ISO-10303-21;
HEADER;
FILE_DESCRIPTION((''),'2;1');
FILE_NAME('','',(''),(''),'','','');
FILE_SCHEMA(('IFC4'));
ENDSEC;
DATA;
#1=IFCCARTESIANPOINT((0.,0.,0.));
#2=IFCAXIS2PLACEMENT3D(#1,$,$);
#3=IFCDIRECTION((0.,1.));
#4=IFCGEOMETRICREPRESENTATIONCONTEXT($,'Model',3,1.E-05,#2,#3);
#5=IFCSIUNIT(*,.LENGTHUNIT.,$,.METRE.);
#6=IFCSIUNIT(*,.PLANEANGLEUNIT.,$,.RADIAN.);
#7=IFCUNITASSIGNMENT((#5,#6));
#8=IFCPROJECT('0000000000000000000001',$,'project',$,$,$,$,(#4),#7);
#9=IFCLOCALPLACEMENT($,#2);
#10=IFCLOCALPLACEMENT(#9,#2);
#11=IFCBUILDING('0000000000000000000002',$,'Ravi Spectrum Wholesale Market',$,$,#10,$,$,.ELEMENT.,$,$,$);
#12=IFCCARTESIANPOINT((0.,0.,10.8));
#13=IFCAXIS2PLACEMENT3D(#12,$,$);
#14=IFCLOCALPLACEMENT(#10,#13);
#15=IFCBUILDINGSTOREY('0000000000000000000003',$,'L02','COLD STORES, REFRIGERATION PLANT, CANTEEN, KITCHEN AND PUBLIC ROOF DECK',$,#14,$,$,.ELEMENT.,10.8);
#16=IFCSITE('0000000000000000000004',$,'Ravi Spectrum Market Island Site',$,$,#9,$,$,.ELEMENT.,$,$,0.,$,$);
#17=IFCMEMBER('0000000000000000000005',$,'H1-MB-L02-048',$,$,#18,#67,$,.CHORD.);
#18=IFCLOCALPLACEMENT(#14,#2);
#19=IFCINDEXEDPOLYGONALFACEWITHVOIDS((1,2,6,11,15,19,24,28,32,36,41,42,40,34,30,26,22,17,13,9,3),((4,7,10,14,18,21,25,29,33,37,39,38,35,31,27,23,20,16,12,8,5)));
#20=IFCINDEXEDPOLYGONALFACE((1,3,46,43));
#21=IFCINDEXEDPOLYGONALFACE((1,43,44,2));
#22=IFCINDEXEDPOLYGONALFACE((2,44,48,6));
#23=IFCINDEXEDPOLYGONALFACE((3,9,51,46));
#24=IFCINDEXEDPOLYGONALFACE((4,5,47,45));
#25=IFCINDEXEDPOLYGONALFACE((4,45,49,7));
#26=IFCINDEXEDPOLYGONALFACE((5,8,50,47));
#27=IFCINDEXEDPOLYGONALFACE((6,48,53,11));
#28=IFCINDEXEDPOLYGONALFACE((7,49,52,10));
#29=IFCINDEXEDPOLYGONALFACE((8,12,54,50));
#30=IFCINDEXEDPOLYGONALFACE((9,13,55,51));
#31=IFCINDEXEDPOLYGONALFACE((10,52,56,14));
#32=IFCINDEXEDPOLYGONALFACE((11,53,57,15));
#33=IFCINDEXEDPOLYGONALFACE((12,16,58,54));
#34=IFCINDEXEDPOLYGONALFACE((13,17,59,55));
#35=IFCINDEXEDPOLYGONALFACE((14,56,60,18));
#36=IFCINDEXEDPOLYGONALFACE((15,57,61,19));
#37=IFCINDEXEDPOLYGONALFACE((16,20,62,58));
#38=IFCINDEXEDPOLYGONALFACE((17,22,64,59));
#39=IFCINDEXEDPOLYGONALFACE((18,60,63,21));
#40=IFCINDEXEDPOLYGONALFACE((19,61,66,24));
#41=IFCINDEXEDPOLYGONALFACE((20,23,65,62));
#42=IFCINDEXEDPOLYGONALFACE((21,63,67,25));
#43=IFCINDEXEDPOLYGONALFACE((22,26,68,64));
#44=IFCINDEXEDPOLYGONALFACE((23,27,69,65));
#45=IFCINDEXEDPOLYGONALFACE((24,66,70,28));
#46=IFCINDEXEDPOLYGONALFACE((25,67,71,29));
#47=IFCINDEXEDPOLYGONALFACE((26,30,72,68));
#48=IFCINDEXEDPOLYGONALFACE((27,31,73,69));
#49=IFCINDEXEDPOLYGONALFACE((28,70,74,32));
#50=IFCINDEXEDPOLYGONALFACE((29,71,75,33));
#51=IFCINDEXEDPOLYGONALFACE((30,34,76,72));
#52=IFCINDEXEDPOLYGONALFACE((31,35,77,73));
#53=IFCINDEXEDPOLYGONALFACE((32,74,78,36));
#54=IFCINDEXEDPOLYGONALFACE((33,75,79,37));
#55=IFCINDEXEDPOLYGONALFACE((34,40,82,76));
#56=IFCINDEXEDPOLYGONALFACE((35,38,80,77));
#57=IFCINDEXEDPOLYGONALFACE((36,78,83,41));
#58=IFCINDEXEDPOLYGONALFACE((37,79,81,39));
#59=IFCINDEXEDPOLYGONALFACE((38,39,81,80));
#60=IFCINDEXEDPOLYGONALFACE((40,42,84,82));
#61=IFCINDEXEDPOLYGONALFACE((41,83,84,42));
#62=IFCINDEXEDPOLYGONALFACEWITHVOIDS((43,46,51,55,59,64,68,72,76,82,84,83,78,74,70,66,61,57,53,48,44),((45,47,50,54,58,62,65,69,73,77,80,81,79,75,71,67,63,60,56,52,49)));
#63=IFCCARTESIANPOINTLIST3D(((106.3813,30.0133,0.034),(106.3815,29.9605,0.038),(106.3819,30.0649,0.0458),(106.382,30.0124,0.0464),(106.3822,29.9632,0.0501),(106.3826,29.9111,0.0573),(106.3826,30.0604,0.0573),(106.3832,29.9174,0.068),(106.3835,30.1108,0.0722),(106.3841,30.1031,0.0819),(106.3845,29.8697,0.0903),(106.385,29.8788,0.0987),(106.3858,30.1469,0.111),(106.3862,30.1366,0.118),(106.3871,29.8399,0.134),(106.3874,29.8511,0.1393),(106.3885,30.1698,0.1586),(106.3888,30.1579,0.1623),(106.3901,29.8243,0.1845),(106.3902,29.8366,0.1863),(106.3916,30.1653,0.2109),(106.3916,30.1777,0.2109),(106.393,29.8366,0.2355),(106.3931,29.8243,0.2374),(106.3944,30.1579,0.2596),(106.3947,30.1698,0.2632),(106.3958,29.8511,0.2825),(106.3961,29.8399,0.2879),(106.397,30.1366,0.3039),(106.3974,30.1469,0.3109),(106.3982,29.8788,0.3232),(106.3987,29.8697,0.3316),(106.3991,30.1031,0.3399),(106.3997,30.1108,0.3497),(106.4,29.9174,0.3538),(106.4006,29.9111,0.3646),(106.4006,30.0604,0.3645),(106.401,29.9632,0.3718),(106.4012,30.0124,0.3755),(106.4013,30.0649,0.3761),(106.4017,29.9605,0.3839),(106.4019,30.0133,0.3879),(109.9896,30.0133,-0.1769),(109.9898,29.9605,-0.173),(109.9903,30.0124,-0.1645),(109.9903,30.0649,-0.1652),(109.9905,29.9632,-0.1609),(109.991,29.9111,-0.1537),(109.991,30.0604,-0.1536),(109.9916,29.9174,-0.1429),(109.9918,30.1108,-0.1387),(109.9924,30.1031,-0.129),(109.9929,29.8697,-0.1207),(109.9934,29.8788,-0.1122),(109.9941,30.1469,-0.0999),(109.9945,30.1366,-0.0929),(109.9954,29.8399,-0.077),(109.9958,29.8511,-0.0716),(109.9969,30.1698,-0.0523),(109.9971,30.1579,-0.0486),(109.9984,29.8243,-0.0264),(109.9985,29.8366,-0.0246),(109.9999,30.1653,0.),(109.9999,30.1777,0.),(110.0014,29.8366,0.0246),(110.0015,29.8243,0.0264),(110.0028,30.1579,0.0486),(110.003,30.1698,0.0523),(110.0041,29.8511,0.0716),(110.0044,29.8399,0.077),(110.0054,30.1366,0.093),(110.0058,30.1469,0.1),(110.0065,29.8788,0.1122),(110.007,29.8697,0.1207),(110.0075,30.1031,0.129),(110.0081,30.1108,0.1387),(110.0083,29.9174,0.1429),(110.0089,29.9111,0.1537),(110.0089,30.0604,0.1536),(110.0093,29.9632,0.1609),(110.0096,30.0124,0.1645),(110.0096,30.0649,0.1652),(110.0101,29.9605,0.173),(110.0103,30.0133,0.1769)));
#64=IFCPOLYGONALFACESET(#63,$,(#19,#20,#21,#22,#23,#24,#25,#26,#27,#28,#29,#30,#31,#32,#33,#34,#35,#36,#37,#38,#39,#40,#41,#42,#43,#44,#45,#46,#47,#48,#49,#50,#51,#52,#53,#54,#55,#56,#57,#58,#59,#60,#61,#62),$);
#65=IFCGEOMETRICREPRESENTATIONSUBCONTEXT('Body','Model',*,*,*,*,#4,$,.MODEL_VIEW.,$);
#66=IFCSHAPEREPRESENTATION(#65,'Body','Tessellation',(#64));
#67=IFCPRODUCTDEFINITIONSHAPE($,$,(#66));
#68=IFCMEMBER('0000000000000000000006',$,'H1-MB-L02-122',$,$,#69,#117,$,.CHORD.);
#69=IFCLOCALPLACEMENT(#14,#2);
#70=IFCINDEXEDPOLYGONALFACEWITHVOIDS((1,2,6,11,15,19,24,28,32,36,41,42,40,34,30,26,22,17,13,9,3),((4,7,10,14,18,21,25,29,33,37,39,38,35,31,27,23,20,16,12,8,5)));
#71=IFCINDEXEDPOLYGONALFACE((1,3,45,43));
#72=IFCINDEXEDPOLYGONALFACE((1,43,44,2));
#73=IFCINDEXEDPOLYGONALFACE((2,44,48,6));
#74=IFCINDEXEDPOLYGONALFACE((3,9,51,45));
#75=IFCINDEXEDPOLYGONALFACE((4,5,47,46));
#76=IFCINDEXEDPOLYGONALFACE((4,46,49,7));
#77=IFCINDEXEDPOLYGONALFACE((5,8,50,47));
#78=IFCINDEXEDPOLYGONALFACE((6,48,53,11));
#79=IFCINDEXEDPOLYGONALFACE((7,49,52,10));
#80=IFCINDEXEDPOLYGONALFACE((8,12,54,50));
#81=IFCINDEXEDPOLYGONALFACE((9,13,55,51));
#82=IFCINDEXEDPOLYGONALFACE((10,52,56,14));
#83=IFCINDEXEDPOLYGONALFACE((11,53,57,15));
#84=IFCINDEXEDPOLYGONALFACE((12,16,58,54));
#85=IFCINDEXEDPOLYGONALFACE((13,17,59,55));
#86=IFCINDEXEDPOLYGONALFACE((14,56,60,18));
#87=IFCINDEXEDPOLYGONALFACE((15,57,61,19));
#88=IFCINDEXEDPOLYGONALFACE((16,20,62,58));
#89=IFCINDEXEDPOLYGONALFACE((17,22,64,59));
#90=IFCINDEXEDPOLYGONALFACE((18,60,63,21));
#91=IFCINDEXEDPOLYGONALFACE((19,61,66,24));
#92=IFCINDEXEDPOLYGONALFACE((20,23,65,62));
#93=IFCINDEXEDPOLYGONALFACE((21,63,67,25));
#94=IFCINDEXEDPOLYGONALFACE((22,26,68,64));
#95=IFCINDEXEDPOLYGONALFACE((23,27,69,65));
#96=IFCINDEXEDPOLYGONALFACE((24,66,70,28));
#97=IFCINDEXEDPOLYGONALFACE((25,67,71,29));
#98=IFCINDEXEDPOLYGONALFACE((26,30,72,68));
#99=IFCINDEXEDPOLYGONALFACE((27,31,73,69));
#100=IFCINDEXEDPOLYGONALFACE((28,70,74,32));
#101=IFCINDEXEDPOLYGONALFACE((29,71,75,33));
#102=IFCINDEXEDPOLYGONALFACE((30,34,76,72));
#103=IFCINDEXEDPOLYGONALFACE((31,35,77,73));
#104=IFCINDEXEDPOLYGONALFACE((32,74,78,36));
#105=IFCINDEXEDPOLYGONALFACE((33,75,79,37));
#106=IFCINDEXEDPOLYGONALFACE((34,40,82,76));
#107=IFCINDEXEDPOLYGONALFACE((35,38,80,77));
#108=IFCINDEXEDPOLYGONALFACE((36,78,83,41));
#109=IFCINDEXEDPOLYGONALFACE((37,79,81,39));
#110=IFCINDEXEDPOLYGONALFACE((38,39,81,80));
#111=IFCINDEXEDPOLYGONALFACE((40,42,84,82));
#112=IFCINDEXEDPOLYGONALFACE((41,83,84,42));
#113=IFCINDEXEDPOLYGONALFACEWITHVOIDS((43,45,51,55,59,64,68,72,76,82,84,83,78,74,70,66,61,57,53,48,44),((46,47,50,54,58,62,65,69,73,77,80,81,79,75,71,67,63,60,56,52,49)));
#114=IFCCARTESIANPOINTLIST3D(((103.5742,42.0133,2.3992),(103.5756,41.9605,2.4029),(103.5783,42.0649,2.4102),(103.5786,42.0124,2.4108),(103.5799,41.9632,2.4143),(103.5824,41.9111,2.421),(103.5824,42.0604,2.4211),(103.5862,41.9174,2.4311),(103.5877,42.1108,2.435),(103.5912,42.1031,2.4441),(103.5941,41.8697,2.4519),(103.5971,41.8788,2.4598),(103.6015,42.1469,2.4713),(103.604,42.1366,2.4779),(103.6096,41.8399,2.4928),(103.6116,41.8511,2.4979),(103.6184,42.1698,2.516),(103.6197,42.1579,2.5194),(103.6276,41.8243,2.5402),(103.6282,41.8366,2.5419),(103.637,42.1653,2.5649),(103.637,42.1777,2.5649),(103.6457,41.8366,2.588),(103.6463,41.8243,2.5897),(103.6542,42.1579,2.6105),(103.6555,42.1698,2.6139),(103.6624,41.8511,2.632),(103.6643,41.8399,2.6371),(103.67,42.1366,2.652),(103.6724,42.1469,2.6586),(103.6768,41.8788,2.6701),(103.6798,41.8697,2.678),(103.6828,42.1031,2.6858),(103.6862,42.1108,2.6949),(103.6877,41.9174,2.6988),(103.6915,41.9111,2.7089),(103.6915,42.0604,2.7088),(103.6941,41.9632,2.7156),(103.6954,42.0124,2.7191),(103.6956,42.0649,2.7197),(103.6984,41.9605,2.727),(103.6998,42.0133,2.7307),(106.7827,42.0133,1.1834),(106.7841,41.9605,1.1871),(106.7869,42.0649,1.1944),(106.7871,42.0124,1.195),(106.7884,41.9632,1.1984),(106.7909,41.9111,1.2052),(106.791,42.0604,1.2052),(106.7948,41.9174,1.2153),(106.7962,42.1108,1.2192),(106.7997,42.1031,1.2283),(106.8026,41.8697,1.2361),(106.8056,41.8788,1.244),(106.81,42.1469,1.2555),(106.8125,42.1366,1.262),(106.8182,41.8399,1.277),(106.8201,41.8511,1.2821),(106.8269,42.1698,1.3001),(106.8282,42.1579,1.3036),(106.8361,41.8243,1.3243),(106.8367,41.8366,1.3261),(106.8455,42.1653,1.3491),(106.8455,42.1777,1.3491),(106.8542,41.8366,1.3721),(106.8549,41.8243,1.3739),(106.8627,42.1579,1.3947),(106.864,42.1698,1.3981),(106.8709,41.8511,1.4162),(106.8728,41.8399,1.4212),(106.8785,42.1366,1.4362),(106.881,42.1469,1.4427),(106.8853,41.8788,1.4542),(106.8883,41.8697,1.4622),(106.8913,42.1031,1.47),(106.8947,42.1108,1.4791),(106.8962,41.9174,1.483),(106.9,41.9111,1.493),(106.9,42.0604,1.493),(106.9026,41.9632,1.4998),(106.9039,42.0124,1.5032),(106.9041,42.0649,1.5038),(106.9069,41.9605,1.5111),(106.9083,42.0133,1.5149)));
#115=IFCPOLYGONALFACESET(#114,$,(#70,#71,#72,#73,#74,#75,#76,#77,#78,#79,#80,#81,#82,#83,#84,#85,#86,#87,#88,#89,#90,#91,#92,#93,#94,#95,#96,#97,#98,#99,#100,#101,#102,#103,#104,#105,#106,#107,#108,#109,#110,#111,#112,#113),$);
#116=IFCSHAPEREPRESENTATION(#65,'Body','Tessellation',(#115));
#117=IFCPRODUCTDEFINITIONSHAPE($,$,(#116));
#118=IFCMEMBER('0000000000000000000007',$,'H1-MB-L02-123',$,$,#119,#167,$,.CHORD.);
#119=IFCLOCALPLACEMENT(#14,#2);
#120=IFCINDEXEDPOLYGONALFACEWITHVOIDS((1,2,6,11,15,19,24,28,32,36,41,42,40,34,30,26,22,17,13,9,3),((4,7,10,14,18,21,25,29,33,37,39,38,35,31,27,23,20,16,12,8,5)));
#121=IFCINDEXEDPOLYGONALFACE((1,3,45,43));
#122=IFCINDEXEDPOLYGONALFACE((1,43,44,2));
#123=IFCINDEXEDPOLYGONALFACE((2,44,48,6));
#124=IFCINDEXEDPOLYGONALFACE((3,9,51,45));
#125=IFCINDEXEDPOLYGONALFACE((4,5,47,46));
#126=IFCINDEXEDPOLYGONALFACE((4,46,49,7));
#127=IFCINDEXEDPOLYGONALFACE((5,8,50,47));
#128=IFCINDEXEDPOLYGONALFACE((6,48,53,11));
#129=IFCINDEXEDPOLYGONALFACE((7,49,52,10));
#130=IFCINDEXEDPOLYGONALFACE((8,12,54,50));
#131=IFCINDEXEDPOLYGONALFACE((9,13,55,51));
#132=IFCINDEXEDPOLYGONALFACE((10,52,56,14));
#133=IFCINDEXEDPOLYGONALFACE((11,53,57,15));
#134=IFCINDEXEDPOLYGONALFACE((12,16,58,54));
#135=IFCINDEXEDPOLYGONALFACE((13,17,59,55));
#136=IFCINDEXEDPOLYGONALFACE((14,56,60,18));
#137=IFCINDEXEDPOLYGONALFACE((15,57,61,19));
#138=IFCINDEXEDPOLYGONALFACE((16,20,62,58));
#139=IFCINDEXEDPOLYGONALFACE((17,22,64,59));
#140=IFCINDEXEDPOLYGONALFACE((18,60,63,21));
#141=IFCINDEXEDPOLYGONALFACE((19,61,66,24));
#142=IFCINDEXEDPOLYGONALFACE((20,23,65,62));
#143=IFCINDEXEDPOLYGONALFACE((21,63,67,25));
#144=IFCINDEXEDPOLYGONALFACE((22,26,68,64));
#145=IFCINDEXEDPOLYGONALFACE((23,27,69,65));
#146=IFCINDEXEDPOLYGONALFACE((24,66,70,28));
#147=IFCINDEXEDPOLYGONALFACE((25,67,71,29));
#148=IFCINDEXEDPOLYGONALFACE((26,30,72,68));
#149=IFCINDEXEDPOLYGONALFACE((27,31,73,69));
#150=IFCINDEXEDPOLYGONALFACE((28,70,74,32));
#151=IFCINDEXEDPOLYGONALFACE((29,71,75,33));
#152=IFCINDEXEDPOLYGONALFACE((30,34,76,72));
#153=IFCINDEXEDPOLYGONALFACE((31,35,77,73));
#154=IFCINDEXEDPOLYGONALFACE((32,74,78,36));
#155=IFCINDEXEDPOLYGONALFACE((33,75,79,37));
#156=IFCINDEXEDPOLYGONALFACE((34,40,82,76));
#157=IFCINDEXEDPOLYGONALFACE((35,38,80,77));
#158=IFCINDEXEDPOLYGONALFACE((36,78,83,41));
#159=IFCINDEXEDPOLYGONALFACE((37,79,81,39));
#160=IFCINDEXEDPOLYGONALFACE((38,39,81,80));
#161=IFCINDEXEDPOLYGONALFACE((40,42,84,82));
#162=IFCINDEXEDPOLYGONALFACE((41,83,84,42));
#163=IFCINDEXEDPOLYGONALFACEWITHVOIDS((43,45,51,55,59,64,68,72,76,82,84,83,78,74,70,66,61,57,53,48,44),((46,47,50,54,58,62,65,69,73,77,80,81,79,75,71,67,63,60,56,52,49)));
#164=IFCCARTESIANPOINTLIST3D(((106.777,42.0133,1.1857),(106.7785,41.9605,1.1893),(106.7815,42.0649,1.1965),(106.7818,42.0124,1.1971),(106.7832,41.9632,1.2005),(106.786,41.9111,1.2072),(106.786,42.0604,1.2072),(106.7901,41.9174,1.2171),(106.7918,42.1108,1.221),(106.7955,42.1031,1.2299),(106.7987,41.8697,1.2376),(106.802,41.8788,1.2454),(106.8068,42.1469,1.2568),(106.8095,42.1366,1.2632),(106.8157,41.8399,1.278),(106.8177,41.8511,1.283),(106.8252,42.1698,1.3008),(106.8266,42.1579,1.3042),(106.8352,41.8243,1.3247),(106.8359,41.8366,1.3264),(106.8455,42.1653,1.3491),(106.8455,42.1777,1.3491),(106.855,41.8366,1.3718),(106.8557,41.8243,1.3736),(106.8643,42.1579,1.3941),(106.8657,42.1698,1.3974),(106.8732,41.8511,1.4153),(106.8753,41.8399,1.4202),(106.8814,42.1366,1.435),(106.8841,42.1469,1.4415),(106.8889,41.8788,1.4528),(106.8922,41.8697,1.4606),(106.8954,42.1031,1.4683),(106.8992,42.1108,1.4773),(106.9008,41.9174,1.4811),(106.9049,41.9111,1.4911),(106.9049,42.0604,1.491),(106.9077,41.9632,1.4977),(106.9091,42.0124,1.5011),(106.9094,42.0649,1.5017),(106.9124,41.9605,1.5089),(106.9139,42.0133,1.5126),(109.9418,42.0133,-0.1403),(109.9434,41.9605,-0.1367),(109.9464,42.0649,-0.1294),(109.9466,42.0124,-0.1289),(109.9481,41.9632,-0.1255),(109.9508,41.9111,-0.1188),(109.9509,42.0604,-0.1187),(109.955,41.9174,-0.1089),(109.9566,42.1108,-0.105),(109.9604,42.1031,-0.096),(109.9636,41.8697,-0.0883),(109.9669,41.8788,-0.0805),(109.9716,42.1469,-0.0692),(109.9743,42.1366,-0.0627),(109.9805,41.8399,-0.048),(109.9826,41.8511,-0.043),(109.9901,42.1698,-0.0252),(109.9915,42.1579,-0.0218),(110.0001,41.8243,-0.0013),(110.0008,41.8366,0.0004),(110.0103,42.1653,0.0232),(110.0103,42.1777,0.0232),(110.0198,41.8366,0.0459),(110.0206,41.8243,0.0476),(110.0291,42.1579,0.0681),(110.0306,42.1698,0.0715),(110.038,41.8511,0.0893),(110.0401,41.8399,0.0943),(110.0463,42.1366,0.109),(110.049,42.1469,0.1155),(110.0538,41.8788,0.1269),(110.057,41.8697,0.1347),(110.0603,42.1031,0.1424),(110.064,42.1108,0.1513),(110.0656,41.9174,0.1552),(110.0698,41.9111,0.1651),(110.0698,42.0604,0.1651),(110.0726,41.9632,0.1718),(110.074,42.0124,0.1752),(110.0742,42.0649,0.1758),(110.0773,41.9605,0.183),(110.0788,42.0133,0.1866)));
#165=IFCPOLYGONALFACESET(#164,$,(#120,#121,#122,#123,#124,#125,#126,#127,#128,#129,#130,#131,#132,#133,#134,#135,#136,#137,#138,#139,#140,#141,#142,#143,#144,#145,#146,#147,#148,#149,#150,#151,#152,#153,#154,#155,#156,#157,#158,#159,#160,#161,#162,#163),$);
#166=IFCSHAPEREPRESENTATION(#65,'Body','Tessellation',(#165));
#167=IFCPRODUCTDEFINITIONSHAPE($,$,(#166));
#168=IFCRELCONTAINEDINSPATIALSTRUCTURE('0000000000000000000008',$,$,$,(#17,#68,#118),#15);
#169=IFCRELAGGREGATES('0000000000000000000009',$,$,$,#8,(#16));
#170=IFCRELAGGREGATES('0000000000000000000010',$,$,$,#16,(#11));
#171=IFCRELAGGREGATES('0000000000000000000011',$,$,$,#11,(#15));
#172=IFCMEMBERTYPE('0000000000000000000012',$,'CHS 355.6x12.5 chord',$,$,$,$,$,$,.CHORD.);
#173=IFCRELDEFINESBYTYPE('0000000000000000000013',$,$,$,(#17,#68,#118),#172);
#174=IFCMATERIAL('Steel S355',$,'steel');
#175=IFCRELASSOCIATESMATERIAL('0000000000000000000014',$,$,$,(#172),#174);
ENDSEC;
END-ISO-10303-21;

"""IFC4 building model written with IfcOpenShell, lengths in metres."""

from ifc_helpers import new_model, si_unit, direction, frame, origin, origin_2d, place, context, subcontext, project, spatial, hollow_circle, extrude, material, material_profile, profile_set, type_object, element, save


model = new_model("IFC4")

# Units and contexts
model_context = context("Model", 3, precision=1e-05, world=origin(), true_north=direction((0.0, 1.0)))
body_context = subcontext(model_context, "Body", "Model", "MODEL_VIEW")
ifc_project = project(units=[si_unit("LENGTHUNIT", "METRE"), si_unit("PLANEANGLEUNIT", "RADIAN")], contexts=[model_context])

# Site, building, storey
site_placement = place(None, origin())
site = spatial("IfcSite", under=ifc_project, at=site_placement, Name="Ravi Spectrum Market Island Site", CompositionType="ELEMENT", RefElevation=0.0)
building_placement = place(site_placement, origin())
building = spatial("IfcBuilding", under=site, at=building_placement, Name="Ravi Spectrum Wholesale Market", CompositionType="ELEMENT")
storey_placement = place(building_placement, frame((0.0, 0.0, 10.8)))
storey = spatial("IfcBuildingStorey", under=building, at=storey_placement, Name="L02", Description="COLD STORES, REFRIGERATION PLANT, CANTEEN, KITCHEN AND PUBLIC ROOF DECK", CompositionType="ELEMENT", Elevation=10.8)

# Members
ifc_material_1 = material(Name="Steel S355", Category="steel")
ifc_material_profile_1 = material_profile(ifc_material_1, hollow_circle(Radius=0.1777, WallThickness=0.0125, at=origin_2d()))
ifc_profile_set_1 = profile_set([ifc_material_profile_1], Name="Steel S355")
member_type_1 = type_object("IfcMemberType", Name="CHS 355.6x12.5 chord", PredefinedType="CHORD", material=ifc_profile_set_1)
member_1_placement = place(storey_placement, frame((106.3916, 30.0, 0.2109), z_axis=(0.998296, 0.0, -0.058358), x_axis=(0.0, 1.0, 0.0)))
element("IfcMember", 1, at=member_1_placement, inside=storey, type_object=member_type_1, Name="H1-MB-L02-048", PredefinedType="CHORD", context=body_context, shape_type="SweptSolid", body=[
    extrude(hollow_circle(Radius=0.1777, WallThickness=0.0125, at=origin_2d()), origin(), (0.0, 0.0, 1.0), 3.6145),
])
member_2_placement = place(storey_placement, frame((103.637, 42.0, 2.5649), z_axis=(0.935113, 0.0, -0.35435), x_axis=(0.0, 1.0, 0.0)))
element("IfcMember", 2, at=member_2_placement, inside=storey, type_object=member_type_1, Name="H1-MB-L02-122", PredefinedType="CHORD", context=body_context, shape_type="SweptSolid", body=[
    extrude(hollow_circle(Radius=0.1777, WallThickness=0.0125, at=origin_2d()), origin(), (0.0, 0.0, 1.0), 3.4312),
])
member_3_placement = place(storey_placement, frame((106.8455, 42.0, 1.3491), z_axis=(0.922324, 0.0, -0.386418), x_axis=(0.0, 1.0, 0.0)))
element("IfcMember", 3, at=member_3_placement, inside=storey, type_object=member_type_1, Name="H1-MB-L02-123", PredefinedType="CHORD", context=body_context, shape_type="SweptSolid", body=[
    extrude(hollow_circle(Radius=0.1777, WallThickness=0.0125, at=origin_2d()), origin(), (0.0, 0.0, 1.0), 3.4314),
])

save(model, "model.ifc")
